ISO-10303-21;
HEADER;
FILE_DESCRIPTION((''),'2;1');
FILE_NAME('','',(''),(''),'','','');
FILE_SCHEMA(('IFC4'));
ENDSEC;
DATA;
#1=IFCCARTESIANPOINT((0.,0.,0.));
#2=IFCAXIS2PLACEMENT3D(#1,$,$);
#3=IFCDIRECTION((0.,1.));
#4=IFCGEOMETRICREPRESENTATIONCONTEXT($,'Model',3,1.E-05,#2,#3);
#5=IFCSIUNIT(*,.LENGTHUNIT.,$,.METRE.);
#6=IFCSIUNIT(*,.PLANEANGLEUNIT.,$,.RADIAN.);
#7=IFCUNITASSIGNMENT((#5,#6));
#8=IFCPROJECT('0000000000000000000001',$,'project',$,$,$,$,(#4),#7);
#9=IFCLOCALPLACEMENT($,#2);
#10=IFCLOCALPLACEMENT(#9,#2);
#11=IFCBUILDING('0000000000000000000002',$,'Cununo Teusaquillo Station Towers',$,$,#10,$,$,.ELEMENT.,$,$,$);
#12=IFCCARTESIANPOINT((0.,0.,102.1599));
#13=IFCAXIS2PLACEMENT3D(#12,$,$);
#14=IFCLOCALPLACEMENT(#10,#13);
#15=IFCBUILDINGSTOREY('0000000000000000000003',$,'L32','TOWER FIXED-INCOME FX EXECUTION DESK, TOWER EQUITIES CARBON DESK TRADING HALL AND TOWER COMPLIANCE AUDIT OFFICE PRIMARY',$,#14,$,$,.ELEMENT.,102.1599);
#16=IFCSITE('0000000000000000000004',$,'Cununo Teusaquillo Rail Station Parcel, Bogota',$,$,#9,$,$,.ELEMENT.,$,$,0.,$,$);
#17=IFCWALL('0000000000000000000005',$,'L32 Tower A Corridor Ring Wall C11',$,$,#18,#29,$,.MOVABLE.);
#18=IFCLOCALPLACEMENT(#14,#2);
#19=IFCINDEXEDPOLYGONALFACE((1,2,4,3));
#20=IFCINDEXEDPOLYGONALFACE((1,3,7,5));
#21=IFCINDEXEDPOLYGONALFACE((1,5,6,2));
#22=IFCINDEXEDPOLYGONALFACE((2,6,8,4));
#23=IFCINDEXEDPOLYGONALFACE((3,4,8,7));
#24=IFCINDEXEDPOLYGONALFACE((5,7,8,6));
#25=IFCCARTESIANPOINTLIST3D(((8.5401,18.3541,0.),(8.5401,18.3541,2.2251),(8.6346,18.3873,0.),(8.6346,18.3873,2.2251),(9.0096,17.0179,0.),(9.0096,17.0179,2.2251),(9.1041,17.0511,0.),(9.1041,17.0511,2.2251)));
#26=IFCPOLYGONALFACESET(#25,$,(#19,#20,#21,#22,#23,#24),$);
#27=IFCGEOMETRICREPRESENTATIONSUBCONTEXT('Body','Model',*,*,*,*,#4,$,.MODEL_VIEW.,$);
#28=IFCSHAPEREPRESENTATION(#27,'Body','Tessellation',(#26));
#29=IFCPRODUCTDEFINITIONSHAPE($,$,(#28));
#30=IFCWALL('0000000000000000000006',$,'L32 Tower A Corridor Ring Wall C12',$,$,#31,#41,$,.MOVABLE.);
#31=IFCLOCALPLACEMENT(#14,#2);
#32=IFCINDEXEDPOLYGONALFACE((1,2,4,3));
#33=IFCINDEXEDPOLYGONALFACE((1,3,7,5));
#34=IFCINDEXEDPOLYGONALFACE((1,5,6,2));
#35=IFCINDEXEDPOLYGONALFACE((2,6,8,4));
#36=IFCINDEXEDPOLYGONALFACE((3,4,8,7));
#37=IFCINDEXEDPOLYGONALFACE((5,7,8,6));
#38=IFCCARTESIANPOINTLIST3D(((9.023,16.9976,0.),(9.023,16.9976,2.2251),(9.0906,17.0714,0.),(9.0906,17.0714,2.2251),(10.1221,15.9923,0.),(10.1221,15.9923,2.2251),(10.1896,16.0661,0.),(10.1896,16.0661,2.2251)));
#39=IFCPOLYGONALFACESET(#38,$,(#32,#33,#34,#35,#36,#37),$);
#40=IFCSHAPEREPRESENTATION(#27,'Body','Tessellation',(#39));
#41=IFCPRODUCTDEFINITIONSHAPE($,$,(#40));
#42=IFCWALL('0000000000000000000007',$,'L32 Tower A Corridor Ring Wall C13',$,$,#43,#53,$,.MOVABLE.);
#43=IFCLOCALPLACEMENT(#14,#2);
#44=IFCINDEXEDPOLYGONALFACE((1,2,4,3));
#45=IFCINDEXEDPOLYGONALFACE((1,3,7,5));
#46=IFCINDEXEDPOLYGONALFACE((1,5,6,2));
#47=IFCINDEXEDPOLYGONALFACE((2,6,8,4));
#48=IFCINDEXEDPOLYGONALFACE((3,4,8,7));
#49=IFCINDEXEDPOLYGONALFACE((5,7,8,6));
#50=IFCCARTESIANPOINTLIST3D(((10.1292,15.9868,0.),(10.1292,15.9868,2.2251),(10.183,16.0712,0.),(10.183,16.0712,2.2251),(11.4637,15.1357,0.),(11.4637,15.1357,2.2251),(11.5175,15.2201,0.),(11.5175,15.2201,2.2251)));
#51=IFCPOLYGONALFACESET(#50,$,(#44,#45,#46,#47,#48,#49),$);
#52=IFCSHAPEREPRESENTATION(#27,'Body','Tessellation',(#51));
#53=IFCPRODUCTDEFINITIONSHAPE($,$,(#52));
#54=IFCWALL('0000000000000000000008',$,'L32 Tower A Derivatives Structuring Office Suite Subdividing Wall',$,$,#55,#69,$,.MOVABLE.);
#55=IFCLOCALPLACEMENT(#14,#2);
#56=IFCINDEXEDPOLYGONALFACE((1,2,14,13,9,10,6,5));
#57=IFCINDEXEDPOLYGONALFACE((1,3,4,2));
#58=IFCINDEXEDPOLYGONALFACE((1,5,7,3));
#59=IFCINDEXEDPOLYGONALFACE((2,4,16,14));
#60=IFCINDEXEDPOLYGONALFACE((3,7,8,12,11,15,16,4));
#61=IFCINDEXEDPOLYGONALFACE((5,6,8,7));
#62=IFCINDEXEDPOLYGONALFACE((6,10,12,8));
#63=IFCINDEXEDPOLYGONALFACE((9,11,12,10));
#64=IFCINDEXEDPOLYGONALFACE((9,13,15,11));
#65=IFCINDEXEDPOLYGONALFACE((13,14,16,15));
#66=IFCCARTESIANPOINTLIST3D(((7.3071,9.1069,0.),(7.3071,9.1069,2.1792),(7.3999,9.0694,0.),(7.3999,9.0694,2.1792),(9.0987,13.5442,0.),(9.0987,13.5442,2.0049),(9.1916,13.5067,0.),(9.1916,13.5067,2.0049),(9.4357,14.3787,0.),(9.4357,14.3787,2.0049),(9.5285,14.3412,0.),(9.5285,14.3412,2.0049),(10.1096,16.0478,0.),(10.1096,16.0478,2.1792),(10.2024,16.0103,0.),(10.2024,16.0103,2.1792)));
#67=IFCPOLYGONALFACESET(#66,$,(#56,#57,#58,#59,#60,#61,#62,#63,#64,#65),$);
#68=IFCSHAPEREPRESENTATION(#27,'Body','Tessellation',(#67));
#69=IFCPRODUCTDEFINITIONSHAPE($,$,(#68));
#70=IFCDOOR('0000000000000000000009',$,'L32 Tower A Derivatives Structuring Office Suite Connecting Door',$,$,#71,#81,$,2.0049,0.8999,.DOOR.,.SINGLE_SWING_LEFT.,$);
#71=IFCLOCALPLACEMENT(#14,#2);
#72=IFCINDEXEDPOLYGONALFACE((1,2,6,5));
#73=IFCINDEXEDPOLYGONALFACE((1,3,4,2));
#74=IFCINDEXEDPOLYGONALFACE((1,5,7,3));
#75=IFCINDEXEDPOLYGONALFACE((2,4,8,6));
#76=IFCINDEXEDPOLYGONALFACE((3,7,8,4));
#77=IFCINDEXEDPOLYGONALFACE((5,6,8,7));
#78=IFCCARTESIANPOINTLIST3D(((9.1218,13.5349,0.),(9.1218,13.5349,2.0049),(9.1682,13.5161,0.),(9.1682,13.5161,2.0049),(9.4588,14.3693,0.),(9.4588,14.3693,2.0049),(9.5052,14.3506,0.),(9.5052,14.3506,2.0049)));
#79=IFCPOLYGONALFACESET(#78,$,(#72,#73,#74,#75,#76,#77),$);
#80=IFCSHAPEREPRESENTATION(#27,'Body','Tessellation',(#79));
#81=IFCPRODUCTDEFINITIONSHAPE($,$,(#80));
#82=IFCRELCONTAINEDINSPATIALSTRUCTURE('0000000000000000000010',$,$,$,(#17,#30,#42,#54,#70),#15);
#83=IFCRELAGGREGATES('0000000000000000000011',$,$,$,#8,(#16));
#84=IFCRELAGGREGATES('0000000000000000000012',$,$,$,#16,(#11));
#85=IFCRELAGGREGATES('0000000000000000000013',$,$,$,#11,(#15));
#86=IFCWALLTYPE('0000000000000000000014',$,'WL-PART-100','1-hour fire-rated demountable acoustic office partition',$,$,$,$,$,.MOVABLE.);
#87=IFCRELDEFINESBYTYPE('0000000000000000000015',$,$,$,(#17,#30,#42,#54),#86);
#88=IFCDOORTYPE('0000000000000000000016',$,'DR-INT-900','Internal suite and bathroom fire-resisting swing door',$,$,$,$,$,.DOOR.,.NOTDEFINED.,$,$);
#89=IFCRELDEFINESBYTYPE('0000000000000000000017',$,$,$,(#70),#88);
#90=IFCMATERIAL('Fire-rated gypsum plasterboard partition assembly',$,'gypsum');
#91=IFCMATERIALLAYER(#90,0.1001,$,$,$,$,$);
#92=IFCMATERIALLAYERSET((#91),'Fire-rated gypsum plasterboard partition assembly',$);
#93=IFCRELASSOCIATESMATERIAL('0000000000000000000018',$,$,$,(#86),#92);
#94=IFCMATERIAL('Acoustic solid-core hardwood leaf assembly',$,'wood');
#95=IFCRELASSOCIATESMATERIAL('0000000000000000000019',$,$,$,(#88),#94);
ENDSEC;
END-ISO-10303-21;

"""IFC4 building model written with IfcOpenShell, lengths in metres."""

from ifc_helpers import new_model, si_unit, direction, frame, frame_2d, origin, place, context, subcontext, project, spatial, rectangle, extrude, source, transform, mapped, material, layer, layer_set, type_object, element, fill, save


model = new_model("IFC4")

# Units and contexts
model_context = context("Model", 3, precision=1e-05, world=origin(), true_north=direction((0.0, 1.0)))
body_context = subcontext(model_context, "Body", "Model", "MODEL_VIEW")
ifc_project = project(units=[si_unit("LENGTHUNIT", "METRE"), si_unit("PLANEANGLEUNIT", "RADIAN")], contexts=[model_context])

# Site, building, storey
site_placement = place(None, origin())
site = spatial("IfcSite", under=ifc_project, at=site_placement, Name="Cununo Teusaquillo Rail Station Parcel, Bogota", CompositionType="ELEMENT", RefElevation=0.0)
building_placement = place(site_placement, origin())
building = spatial("IfcBuilding", under=site, at=building_placement, Name="Cununo Teusaquillo Station Towers", CompositionType="ELEMENT")
storey_placement = place(building_placement, frame((0.0, 0.0, 102.1599)))
storey = spatial("IfcBuildingStorey", under=building, at=storey_placement, Name="L32", Description="TOWER FIXED-INCOME FX EXECUTION DESK, TOWER EQUITIES CARBON DESK TRADING HALL AND TOWER COMPLIANCE AUDIT OFFICE PRIMARY", CompositionType="ELEMENT", Elevation=102.1599)

# Walls
ifc_material_1 = material(Name="Fire-rated gypsum plasterboard partition assembly", Category="gypsum")
ifc_layer_1 = layer(ifc_material_1, 0.1001)
ifc_layer_set_1 = layer_set([ifc_layer_1], Name="Fire-rated gypsum plasterboard partition assembly")
wall_type_1 = type_object("IfcWallType", Name="WL-PART-100", Description="1-hour fire-rated demountable acoustic office partition", PredefinedType="MOVABLE", material=ifc_layer_set_1)
wall_1_placement = place(storey_placement, frame((8.5874, 18.3706, 0.0), z_axis=(0.0, 0.0, 1.0), x_axis=(0.331494, -0.943457, 0.0)))
element("IfcWall", 1, at=wall_1_placement, inside=storey, type_object=wall_type_1, Name="L32 Tower A Corridor Ring Wall C11", PredefinedType="MOVABLE", context=body_context, shape_type="SweptSolid", body=[
    extrude(rectangle(XDim=1.4163, YDim=0.1001, at=frame_2d((0.708, 0.0))), origin(), (0.0, 0.0, 1.0), 2.2251),
])
wall_2_placement = place(storey_placement, frame((9.0569, 17.0344, 0.0), z_axis=(0.0, 0.0, 1.0), x_axis=(0.737875, -0.674938, 0.0)))
element("IfcWall", 2, at=wall_2_placement, inside=storey, type_object=wall_type_1, Name="L32 Tower A Corridor Ring Wall C12", PredefinedType="MOVABLE", context=body_context, shape_type="SweptSolid", body=[
    extrude(rectangle(XDim=1.4895, YDim=0.1001, at=frame_2d((0.7446, 0.0))), origin(), (0.0, 0.0, 1.0), 2.2251),
])
wall_3_placement = place(storey_placement, frame((10.156, 16.0291, 0.0), z_axis=(0.0, 0.0, 1.0), x_axis=(0.843128, -0.537714, 0.0)))
element("IfcWall", 3, at=wall_3_placement, inside=storey, type_object=wall_type_1, Name="L32 Tower A Corridor Ring Wall C13", PredefinedType="MOVABLE", context=body_context, shape_type="SweptSolid", body=[
    extrude(rectangle(XDim=1.5828, YDim=0.1001, at=frame_2d((0.7915, 0.0))), origin(), (0.0, 0.0, 1.0), 2.2251),
])

# Wall, opening, door
wall_4_placement = place(storey_placement, frame((10.156, 16.0291, 0.0), z_axis=(0.0, 0.0, 1.0), x_axis=(-0.374397, -0.927268, 0.0)))
wall_4 = element("IfcWall", 4, at=wall_4_placement, inside=storey, type_object=wall_type_1, Name="L32 Tower A Derivatives Structuring Office Suite Subdividing Wall", PredefinedType="MOVABLE", context=body_context, shape_type="SweptSolid", body=[
    extrude(rectangle(XDim=7.4854, YDim=0.1001, at=frame_2d((3.7427, 0.0))), origin(), (0.0, 0.0, 1.0), 2.1792),
])
shared_shape_1 = source(origin(), body_context, "Body", "SweptSolid", [
    extrude(rectangle(XDim=0.8999, YDim=2.0049, at=frame_2d((0.45, 1.0024))), frame((0.0, 0.0601, 0.0), z_axis=(0.0, -1.0, 0.0), x_axis=(1.0, 0.0, 0.0)), (0.0, 0.0, 1.0), 0.1201),
])
opening_1_placement = place(wall_4_placement, frame((1.8, 0.0, 0.0)))
opening_1 = element("IfcOpeningElement", 5, at=opening_1_placement, cuts=wall_4, PredefinedType="OPENING", context=body_context, shape_type="MappedRepresentation", body=[
    mapped(shared_shape_1, transform((0.0, 0.0, 0.0), x_axis=(1.0, 0.0, 0.0), y_axis=(0.0, 1.0, 0.0), z_axis=(0.0, 0.0, 1.0), scale=1.0)),
])
ifc_material_2 = material(Name="Acoustic solid-core hardwood leaf assembly", Category="wood")
door_type_1 = type_object("IfcDoorType", Name="DR-INT-900", Description="Internal suite and bathroom fire-resisting swing door", OperationType="NOTDEFINED", PredefinedType="DOOR", material=ifc_material_2)
shared_shape_2 = source(origin(), body_context, "Body", "SweptSolid", [
    extrude(rectangle(XDim=0.8999, YDim=2.0049, at=frame_2d((0.45, 1.0024))), frame((0.0, 0.0249, 0.0), z_axis=(0.0, -1.0, 0.0), x_axis=(1.0, 0.0, 0.0)), (0.0, 0.0, 1.0), 0.05),
])
door_1_placement = place(opening_1_placement, origin())
door_1 = element("IfcDoor", 6, at=door_1_placement, inside=storey, type_object=door_type_1, Name="L32 Tower A Derivatives Structuring Office Suite Connecting Door", OperationType="SINGLE_SWING_LEFT", OverallHeight=2.0049, OverallWidth=0.8999, PredefinedType="DOOR", context=body_context, shape_type="MappedRepresentation", body=[
    mapped(shared_shape_2, transform((0.0, 0.0, 0.0), x_axis=(1.0, 0.0, 0.0), y_axis=(0.0, 1.0, 0.0), z_axis=(0.0, 0.0, 1.0), scale=1.0)),
])
fill(opening_1, door_1)

save(model, "model.ifc")
